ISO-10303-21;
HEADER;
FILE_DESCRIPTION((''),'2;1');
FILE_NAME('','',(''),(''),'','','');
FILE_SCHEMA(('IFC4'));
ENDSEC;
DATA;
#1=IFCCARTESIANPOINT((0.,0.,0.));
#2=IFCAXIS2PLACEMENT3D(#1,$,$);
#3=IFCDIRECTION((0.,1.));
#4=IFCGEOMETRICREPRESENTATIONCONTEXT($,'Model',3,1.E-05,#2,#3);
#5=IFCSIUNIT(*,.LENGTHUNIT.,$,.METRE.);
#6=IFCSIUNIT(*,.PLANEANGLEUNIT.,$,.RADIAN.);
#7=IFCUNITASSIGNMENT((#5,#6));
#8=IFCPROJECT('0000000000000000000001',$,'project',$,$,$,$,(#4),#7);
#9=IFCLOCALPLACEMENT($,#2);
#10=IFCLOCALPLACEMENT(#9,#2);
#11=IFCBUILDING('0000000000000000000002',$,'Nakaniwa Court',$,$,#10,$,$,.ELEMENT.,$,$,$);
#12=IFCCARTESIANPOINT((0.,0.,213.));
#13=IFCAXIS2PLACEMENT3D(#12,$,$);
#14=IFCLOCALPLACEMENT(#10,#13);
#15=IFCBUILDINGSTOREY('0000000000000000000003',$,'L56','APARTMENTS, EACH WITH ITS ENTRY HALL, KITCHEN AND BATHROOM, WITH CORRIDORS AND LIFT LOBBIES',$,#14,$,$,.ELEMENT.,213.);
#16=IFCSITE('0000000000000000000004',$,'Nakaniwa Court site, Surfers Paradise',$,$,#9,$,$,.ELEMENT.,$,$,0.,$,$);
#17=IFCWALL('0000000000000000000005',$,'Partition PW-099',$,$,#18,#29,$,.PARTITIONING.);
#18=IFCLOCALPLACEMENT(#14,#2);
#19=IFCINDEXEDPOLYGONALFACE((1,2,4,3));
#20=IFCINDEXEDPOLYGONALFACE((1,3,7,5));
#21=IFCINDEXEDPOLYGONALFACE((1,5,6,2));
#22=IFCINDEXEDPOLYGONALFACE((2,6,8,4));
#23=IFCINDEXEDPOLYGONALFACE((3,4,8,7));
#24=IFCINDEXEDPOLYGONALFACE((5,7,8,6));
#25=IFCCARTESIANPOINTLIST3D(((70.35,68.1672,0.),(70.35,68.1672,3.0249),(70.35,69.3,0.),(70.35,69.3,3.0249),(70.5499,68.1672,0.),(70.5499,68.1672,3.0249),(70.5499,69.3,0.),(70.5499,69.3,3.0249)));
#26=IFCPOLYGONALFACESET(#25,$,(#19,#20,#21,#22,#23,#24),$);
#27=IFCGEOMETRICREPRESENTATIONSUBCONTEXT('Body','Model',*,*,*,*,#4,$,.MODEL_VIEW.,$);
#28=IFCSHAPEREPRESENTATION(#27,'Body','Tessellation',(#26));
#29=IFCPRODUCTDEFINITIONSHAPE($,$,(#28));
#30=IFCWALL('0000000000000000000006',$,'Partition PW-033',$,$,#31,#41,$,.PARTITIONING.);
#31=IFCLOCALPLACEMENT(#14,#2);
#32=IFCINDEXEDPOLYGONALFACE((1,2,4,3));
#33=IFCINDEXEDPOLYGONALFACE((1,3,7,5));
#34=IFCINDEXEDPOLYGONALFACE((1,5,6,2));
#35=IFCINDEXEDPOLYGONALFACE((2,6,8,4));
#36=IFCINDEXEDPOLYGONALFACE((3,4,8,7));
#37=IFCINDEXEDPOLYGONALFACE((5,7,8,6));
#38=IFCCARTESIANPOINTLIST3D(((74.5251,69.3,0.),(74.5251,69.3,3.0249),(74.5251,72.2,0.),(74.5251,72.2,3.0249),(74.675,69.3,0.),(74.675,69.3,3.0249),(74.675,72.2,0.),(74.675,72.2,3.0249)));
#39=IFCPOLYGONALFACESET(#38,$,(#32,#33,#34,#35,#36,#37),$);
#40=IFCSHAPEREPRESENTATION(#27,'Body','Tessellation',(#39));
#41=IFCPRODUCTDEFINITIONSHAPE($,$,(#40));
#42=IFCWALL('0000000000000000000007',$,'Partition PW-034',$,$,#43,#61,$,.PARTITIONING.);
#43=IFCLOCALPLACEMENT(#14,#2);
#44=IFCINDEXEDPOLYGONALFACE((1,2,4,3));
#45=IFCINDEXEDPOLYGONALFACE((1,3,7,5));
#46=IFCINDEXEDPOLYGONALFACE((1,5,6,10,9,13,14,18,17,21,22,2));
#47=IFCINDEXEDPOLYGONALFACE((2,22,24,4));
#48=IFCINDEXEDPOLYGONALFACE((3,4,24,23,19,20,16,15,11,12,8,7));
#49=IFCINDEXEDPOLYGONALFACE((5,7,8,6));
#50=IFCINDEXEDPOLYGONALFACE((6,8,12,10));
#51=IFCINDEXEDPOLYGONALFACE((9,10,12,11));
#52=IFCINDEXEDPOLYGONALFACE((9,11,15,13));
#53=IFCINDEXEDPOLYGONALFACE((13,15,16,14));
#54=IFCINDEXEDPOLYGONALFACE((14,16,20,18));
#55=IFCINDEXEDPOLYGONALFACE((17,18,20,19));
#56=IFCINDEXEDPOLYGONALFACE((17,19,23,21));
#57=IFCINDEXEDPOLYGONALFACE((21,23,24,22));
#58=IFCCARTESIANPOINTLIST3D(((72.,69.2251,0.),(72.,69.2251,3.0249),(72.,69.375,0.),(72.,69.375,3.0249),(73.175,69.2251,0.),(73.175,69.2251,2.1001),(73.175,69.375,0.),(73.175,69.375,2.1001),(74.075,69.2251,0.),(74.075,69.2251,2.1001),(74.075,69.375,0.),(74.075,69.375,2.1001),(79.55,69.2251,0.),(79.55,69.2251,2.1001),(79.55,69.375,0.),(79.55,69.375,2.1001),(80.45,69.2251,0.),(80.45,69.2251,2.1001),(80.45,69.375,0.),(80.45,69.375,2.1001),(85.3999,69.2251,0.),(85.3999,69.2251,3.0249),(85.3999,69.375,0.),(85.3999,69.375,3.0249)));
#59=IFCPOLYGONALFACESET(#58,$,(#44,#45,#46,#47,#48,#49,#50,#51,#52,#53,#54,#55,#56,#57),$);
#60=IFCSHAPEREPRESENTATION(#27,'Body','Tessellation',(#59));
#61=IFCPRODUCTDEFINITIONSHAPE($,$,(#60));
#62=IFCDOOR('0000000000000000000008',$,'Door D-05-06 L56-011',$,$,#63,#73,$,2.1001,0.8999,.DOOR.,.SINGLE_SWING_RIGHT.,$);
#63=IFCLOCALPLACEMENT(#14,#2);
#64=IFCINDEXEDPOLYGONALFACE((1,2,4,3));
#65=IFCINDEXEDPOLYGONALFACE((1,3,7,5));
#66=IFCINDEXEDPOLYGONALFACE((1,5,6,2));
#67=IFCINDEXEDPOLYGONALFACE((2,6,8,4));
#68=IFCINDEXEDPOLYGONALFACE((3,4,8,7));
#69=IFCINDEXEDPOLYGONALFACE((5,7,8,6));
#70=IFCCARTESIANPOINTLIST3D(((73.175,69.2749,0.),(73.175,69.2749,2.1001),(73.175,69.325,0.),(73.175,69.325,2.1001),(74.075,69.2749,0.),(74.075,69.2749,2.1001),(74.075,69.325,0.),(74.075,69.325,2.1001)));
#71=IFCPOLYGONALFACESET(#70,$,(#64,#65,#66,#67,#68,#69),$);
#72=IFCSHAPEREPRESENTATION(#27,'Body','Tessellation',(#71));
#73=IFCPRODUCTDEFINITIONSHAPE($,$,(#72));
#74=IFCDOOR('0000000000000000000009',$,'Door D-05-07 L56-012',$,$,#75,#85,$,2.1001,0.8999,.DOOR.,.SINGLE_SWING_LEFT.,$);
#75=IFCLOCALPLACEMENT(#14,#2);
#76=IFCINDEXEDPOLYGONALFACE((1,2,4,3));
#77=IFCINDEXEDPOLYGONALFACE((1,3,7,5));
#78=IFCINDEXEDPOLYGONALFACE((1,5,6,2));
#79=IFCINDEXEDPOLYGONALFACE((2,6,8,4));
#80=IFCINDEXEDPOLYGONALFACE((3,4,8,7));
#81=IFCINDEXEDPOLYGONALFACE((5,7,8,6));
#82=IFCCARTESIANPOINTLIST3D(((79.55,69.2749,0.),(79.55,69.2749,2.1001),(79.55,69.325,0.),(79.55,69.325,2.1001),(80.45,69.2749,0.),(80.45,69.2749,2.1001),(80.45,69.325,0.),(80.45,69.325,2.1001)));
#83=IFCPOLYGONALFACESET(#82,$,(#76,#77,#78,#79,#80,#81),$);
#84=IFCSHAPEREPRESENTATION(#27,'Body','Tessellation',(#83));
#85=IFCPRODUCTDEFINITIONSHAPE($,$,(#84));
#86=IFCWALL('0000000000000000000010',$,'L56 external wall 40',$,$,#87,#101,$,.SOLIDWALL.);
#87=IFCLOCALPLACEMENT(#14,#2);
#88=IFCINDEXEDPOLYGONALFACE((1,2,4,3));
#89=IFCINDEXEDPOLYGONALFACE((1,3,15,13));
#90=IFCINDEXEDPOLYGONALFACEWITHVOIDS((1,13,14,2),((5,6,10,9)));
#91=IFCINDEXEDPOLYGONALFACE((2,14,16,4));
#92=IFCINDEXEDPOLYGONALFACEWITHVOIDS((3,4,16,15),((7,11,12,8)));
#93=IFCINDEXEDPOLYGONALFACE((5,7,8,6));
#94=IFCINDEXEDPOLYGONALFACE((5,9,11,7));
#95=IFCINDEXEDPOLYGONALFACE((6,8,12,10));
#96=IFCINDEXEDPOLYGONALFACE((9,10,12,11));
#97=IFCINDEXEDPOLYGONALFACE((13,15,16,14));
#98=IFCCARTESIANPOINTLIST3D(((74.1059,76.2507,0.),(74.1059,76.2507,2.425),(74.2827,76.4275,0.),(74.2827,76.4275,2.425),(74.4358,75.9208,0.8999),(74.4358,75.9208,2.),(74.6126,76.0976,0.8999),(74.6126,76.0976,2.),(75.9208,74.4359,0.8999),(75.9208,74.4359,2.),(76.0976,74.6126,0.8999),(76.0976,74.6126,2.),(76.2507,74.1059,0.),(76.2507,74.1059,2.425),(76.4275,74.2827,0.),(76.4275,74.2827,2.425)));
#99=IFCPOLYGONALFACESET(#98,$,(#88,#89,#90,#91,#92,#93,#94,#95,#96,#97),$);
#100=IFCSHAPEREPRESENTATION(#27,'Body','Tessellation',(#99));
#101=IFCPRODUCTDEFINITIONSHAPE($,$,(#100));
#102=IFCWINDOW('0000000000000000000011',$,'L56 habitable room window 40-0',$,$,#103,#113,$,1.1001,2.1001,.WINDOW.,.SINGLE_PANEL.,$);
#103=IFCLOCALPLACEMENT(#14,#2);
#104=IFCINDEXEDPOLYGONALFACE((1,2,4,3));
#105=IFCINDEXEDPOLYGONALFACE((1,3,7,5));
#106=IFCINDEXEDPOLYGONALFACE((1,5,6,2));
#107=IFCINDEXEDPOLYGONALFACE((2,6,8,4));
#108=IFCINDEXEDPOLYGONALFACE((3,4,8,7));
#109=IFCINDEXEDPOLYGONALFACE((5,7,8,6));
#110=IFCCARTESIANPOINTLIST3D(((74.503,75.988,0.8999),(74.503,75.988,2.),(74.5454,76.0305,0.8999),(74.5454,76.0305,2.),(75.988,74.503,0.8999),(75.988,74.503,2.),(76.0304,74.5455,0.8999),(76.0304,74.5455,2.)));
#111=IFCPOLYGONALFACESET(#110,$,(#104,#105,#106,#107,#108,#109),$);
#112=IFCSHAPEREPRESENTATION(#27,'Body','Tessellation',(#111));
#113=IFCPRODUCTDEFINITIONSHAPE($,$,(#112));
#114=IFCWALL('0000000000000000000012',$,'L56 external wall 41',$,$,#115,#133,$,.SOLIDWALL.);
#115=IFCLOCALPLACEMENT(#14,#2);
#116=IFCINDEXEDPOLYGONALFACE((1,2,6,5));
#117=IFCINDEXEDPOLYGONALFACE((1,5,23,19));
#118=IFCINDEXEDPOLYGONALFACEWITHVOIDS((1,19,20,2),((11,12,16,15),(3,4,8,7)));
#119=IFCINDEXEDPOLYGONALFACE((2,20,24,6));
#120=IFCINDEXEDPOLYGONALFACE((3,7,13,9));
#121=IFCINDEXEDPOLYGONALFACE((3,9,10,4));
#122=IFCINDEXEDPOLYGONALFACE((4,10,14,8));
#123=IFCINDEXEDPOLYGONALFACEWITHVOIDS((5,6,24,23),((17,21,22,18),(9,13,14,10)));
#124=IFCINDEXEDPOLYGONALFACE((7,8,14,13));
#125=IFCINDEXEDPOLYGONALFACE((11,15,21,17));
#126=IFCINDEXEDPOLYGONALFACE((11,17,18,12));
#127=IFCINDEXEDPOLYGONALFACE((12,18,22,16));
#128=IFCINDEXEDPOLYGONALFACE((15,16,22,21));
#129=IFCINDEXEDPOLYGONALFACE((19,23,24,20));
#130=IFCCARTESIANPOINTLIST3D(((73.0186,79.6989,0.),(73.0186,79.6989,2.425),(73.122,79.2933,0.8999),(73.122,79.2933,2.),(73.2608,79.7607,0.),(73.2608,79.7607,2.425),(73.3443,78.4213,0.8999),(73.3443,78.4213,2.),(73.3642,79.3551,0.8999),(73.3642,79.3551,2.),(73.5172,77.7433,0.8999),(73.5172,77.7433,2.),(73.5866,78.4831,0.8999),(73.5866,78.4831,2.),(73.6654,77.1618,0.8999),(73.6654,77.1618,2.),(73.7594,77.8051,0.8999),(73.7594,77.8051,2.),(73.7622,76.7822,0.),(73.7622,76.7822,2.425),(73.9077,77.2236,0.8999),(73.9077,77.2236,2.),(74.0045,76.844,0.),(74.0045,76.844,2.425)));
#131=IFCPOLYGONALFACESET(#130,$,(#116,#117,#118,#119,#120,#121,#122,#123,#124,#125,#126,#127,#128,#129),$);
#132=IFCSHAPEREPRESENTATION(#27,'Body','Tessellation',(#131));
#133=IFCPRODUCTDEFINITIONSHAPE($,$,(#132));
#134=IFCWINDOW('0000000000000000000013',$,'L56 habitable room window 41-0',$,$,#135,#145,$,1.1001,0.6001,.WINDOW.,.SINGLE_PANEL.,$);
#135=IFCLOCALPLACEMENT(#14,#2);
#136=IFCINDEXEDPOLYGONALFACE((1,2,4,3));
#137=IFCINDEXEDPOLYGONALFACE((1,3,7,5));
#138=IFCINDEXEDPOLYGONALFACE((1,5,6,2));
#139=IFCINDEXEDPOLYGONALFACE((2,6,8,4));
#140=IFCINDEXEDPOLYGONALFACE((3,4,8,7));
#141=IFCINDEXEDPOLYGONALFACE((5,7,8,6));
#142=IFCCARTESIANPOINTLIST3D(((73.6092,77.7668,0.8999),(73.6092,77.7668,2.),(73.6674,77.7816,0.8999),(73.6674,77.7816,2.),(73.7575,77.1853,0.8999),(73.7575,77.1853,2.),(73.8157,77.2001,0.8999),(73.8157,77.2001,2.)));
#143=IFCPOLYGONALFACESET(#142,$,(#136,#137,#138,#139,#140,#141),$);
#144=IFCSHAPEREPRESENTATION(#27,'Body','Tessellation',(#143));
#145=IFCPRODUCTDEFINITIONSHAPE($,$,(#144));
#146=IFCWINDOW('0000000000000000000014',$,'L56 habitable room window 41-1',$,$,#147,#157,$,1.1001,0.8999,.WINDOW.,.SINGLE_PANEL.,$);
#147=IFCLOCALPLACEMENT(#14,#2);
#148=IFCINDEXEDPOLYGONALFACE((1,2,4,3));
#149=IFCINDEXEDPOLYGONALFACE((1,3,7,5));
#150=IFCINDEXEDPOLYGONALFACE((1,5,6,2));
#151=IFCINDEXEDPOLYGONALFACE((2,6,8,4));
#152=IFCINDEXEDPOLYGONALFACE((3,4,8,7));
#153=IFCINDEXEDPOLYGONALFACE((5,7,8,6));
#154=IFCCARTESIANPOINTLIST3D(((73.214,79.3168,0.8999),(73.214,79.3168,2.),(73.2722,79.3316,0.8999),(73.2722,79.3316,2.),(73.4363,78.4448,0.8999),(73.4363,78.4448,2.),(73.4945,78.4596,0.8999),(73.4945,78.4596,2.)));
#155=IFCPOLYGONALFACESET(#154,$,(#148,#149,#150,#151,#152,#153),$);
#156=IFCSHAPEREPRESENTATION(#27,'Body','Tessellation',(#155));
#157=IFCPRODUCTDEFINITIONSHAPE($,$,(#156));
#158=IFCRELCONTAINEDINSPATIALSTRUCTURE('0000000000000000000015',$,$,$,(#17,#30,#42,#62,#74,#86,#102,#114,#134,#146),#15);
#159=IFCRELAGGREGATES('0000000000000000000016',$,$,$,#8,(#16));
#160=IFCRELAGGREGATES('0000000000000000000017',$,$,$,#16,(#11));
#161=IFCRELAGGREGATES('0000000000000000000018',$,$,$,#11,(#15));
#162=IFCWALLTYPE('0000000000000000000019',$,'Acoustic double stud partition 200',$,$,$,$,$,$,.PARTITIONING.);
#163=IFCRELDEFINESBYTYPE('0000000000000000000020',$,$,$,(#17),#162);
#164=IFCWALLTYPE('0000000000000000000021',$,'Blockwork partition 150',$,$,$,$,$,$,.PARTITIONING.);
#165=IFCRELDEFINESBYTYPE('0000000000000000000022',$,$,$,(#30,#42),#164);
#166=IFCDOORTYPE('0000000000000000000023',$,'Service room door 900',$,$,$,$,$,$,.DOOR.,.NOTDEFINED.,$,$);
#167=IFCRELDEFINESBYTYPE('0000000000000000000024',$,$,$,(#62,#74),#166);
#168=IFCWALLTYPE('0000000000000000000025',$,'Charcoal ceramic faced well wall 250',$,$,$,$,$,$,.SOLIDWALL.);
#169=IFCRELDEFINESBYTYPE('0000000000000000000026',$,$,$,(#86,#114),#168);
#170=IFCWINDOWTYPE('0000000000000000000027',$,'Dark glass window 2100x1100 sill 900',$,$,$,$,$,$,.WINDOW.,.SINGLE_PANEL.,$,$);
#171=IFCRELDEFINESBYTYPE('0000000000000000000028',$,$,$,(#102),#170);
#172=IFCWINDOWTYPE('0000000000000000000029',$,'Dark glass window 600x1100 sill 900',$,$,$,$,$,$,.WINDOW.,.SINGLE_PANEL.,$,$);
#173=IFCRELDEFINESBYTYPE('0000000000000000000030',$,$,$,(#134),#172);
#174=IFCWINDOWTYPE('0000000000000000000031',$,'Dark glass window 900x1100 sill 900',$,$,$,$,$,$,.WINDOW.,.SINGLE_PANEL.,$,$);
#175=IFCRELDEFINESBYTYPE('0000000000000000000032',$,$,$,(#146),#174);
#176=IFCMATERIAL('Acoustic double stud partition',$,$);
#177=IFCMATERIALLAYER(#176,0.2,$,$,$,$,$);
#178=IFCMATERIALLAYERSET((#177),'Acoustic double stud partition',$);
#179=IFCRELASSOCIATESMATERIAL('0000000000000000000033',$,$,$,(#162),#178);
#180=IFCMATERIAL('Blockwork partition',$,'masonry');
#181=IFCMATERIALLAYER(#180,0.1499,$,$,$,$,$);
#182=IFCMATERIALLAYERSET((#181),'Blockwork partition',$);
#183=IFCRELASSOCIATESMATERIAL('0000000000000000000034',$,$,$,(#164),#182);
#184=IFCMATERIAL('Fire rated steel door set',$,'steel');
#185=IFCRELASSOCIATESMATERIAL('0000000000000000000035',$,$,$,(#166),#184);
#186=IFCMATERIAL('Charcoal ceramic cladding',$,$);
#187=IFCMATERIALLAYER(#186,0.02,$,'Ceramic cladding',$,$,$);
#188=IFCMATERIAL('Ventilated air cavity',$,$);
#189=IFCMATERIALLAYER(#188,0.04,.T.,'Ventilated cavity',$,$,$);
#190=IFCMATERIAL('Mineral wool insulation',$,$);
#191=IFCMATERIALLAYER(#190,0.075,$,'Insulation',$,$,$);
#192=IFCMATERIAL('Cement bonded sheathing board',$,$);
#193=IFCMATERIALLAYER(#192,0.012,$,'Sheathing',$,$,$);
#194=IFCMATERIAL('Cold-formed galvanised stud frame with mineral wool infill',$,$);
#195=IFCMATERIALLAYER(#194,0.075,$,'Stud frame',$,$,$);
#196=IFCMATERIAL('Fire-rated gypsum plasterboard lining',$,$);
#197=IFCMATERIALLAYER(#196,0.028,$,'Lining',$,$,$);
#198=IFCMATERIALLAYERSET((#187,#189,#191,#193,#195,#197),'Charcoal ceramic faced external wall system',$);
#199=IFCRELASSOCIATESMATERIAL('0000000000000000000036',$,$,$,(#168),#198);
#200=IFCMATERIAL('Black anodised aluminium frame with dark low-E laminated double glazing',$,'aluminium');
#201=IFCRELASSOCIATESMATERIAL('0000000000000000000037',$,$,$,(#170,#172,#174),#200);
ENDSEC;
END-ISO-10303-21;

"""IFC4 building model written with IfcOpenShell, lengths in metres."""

from ifc_helpers import new_model, si_unit, direction, frame, frame_2d, origin, place, context, subcontext, project, spatial, rectangle, extrude, material, layer, layer_set, type_object, element, fill, save


model = new_model("IFC4")

# Units and contexts
model_context = context("Model", 3, precision=1e-05, world=origin(), true_north=direction((0.0, 1.0)))
body_context = subcontext(model_context, "Body", "Model", "MODEL_VIEW")
ifc_project = project(units=[si_unit("LENGTHUNIT", "METRE"), si_unit("PLANEANGLEUNIT", "RADIAN")], contexts=[model_context])

# Site, building, storey
site_placement = place(None, origin())
site = spatial("IfcSite", under=ifc_project, at=site_placement, Name="Nakaniwa Court site, Surfers Paradise", CompositionType="ELEMENT", RefElevation=0.0)
building_placement = place(site_placement, origin())
building = spatial("IfcBuilding", under=site, at=building_placement, Name="Nakaniwa Court", CompositionType="ELEMENT")
storey_placement = place(building_placement, frame((0.0, 0.0, 213.0)))
storey = spatial("IfcBuildingStorey", under=building, at=storey_placement, Name="L56", Description="APARTMENTS, EACH WITH ITS ENTRY HALL, KITCHEN AND BATHROOM, WITH CORRIDORS AND LIFT LOBBIES", CompositionType="ELEMENT", Elevation=213.0)

# Shared definitions
ifc_material_1 = material(Name="Acoustic double stud partition")
ifc_layer_1 = layer(ifc_material_1, 0.2)
ifc_layer_set_1 = layer_set([ifc_layer_1], Name="Acoustic double stud partition")
wall_type_1 = type_object("IfcWallType", Name="Acoustic double stud partition 200", PredefinedType="PARTITIONING", material=ifc_layer_set_1)

# Walls
wall_1_placement = place(storey_placement, frame((70.45, 68.1672, 0.0), z_axis=(0.0, 0.0, 1.0), x_axis=(0.0, 1.0, 0.0)))
element("IfcWall", 1, at=wall_1_placement, inside=storey, type_object=wall_type_1, Name="Partition PW-099", PredefinedType="PARTITIONING", context=body_context, shape_type="SweptSolid", body=[
    extrude(rectangle(XDim=1.1328, YDim=0.2, at=frame_2d((0.5664, 0.0))), origin(), (0.0, 0.0, 1.0), 3.0249),
])
ifc_material_2 = material(Name="Blockwork partition", Category="masonry")
ifc_layer_2 = layer(ifc_material_2, 0.1499)
ifc_layer_set_2 = layer_set([ifc_layer_2], Name="Blockwork partition")
wall_type_2 = type_object("IfcWallType", Name="Blockwork partition 150", PredefinedType="PARTITIONING", material=ifc_layer_set_2)
wall_2_placement = place(storey_placement, frame((74.6001, 69.3, 0.0), z_axis=(0.0, 0.0, 1.0), x_axis=(0.0, 1.0, 0.0)))
element("IfcWall", 2, at=wall_2_placement, inside=storey, type_object=wall_type_2, Name="Partition PW-033", PredefinedType="PARTITIONING", context=body_context, shape_type="SweptSolid", body=[
    extrude(rectangle(XDim=2.8999, YDim=0.1499, at=frame_2d((1.45, 0.0))), origin(), (0.0, 0.0, 1.0), 3.0249),
])

# Wall, openings, doors
wall_3_placement = place(storey_placement, frame((72.0, 69.3, 0.0), z_axis=(0.0, 0.0, 1.0), x_axis=(1.0, 0.0, 0.0)))
wall_3 = element("IfcWall", 3, at=wall_3_placement, inside=storey, type_object=wall_type_2, Name="Partition PW-034", PredefinedType="PARTITIONING", context=body_context, shape_type="SweptSolid", body=[
    extrude(rectangle(XDim=13.3999, YDim=0.1499, at=frame_2d((6.7, 0.0))), origin(), (0.0, 0.0, 1.0), 3.0249),
])
opening_1_placement = place(wall_3_placement, frame((1.175, 0.0, 0.0)))
opening_1 = element("IfcOpeningElement", 4, at=opening_1_placement, cuts=wall_3, PredefinedType="OPENING", context=body_context, shape_type="SweptSolid", body=[
    extrude(rectangle(XDim=0.8999, YDim=2.1001, at=frame_2d((0.45, 1.05))), frame((0.0, 0.085, 0.0), z_axis=(0.0, -1.0, 0.0), x_axis=(1.0, 0.0, 0.0)), (0.0, 0.0, 1.0), 0.1699),
])
opening_2_placement = place(wall_3_placement, frame((7.55, 0.0, 0.0)))
opening_2 = element("IfcOpeningElement", 5, at=opening_2_placement, cuts=wall_3, PredefinedType="OPENING", context=body_context, shape_type="SweptSolid", body=[
    extrude(rectangle(XDim=0.8999, YDim=2.1001, at=frame_2d((0.45, 1.05))), frame((0.0, 0.085, 0.0), z_axis=(0.0, -1.0, 0.0), x_axis=(1.0, 0.0, 0.0)), (0.0, 0.0, 1.0), 0.1699),
])
ifc_material_3 = material(Name="Fire rated steel door set", Category="steel")
door_type_1 = type_object("IfcDoorType", Name="Service room door 900", OperationType="NOTDEFINED", PredefinedType="DOOR", material=ifc_material_3)
door_1_placement = place(opening_1_placement, origin())
door_1 = element("IfcDoor", 6, at=door_1_placement, inside=storey, type_object=door_type_1, Name="Door D-05-06 L56-011", OperationType="SINGLE_SWING_RIGHT", OverallHeight=2.1001, OverallWidth=0.8999, PredefinedType="DOOR", context=body_context, shape_type="SweptSolid", body=[
    extrude(rectangle(XDim=0.8999, YDim=2.1001, at=frame_2d((0.45, 1.05))), frame((0.0, 0.0249, 0.0), z_axis=(0.0, -1.0, 0.0), x_axis=(1.0, 0.0, 0.0)), (0.0, 0.0, 1.0), 0.05),
])
fill(opening_1, door_1)
door_2_placement = place(opening_2_placement, origin())
door_2 = element("IfcDoor", 7, at=door_2_placement, inside=storey, type_object=door_type_1, Name="Door D-05-07 L56-012", OperationType="SINGLE_SWING_LEFT", OverallHeight=2.1001, OverallWidth=0.8999, PredefinedType="DOOR", context=body_context, shape_type="SweptSolid", body=[
    extrude(rectangle(XDim=0.8999, YDim=2.1001, at=frame_2d((0.45, 1.05))), frame((0.0, 0.0249, 0.0), z_axis=(0.0, -1.0, 0.0), x_axis=(1.0, 0.0, 0.0)), (0.0, 0.0, 1.0), 0.05),
])
fill(opening_2, door_2)

# Wall, opening, window
ifc_material_4 = material(Name="Charcoal ceramic cladding")
ifc_layer_3 = layer(ifc_material_4, 0.02, Name="Ceramic cladding")
ifc_material_5 = material(Name="Ventilated air cavity")
ifc_layer_4 = layer(ifc_material_5, 0.04, ventilated=True, Name="Ventilated cavity")
ifc_material_6 = material(Name="Mineral wool insulation")
ifc_layer_5 = layer(ifc_material_6, 0.075, Name="Insulation")
ifc_material_7 = material(Name="Cement bonded sheathing board")
ifc_layer_6 = layer(ifc_material_7, 0.012, Name="Sheathing")
ifc_material_8 = material(Name="Cold-formed galvanised stud frame with mineral wool infill")
ifc_layer_7 = layer(ifc_material_8, 0.075, Name="Stud frame")
ifc_material_9 = material(Name="Fire-rated gypsum plasterboard lining")
ifc_layer_8 = layer(ifc_material_9, 0.028, Name="Lining")
ifc_layer_set_3 = layer_set([ifc_layer_3, ifc_layer_4, ifc_layer_5, ifc_layer_6, ifc_layer_7, ifc_layer_8], Name="Charcoal ceramic faced external wall system")
wall_type_3 = type_object("IfcWallType", Name="Charcoal ceramic faced well wall 250", PredefinedType="SOLIDWALL", material=ifc_layer_set_3)
wall_4_placement = place(storey_placement, frame((76.3391, 74.1943, 0.0), z_axis=(0.0, 0.0, 1.0), x_axis=(-0.707107, 0.707107, 0.0)))
wall_4 = element("IfcWall", 8, at=wall_4_placement, inside=storey, type_object=wall_type_3, Name="L56 external wall 40", PredefinedType="SOLIDWALL", context=body_context, shape_type="SweptSolid", body=[
    extrude(rectangle(XDim=3.0332, YDim=0.25, at=frame_2d((1.5166, 0.0))), origin(), (0.0, 0.0, 1.0), 2.425),
])
opening_3_placement = place(wall_4_placement, frame((0.4666, 0.0, 0.8999)))
opening_3 = element("IfcOpeningElement", 9, at=opening_3_placement, cuts=wall_4, PredefinedType="OPENING", context=body_context, shape_type="SweptSolid", body=[
    extrude(rectangle(XDim=2.1001, YDim=1.1001, at=frame_2d((1.05, 0.55))), frame((0.0, 0.135, 0.0), z_axis=(0.0, -1.0, 0.0), x_axis=(1.0, 0.0, 0.0)), (0.0, 0.0, 1.0), 0.27),
])
ifc_material_10 = material(Name="Black anodised aluminium frame with dark low-E laminated double glazing", Category="aluminium")
window_type_1 = type_object("IfcWindowType", Name="Dark glass window 2100x1100 sill 900", PartitioningType="SINGLE_PANEL", PredefinedType="WINDOW", material=ifc_material_10)
window_1_placement = place(opening_3_placement, origin())
window_1 = element("IfcWindow", 10, at=window_1_placement, inside=storey, type_object=window_type_1, Name="L56 habitable room window 40-0", OverallHeight=1.1001, OverallWidth=2.1001, PartitioningType="SINGLE_PANEL", PredefinedType="WINDOW", context=body_context, shape_type="SweptSolid", body=[
    extrude(rectangle(XDim=2.1001, YDim=1.1001, at=frame_2d((1.05, 0.55))), frame((0.0, 0.03, 0.0), z_axis=(0.0, -1.0, 0.0), x_axis=(1.0, 0.0, 0.0)), (0.0, 0.0, 1.0), 0.0601),
])
fill(opening_3, window_1)

# Wall, openings, windows
wall_5_placement = place(storey_placement, frame((73.8833, 76.8132, 0.0), z_axis=(0.0, 0.0, 1.0), x_axis=(-0.247056, 0.969001, 0.0)))
wall_5 = element("IfcWall", 11, at=wall_5_placement, inside=storey, type_object=wall_type_3, Name="L56 external wall 41", PredefinedType="SOLIDWALL", context=body_context, shape_type="SweptSolid", body=[
    extrude(rectangle(XDim=3.01, YDim=0.25, at=frame_2d((1.5049, 0.0))), origin(), (0.0, 0.0, 1.0), 2.425),
])
opening_4_placement = place(wall_5_placement, frame((0.3916, 0.0, 0.8999)))
opening_4 = element("IfcOpeningElement", 12, at=opening_4_placement, cuts=wall_5, PredefinedType="OPENING", context=body_context, shape_type="SweptSolid", body=[
    extrude(rectangle(XDim=0.6001, YDim=1.1001, at=frame_2d((0.3, 0.55))), frame((0.0, 0.135, 0.0), z_axis=(0.0, -1.0, 0.0), x_axis=(1.0, 0.0, 0.0)), (0.0, 0.0, 1.0), 0.27),
])
opening_5_placement = place(wall_5_placement, frame((1.6914, 0.0, 0.8999)))
opening_5 = element("IfcOpeningElement", 13, at=opening_5_placement, cuts=wall_5, PredefinedType="OPENING", context=body_context, shape_type="SweptSolid", body=[
    extrude(rectangle(XDim=0.8999, YDim=1.1001, at=frame_2d((0.45, 0.55))), frame((0.0, 0.135, 0.0), z_axis=(0.0, -1.0, 0.0), x_axis=(1.0, 0.0, 0.0)), (0.0, 0.0, 1.0), 0.27),
])
window_type_2 = type_object("IfcWindowType", Name="Dark glass window 600x1100 sill 900", PartitioningType="SINGLE_PANEL", PredefinedType="WINDOW", material=ifc_material_10)
window_2_placement = place(opening_4_placement, origin())
window_2 = element("IfcWindow", 14, at=window_2_placement, inside=storey, type_object=window_type_2, Name="L56 habitable room window 41-0", OverallHeight=1.1001, OverallWidth=0.6001, PartitioningType="SINGLE_PANEL", PredefinedType="WINDOW", context=body_context, shape_type="SweptSolid", body=[
    extrude(rectangle(XDim=0.6001, YDim=1.1001, at=frame_2d((0.3, 0.55))), frame((0.0, 0.03, 0.0), z_axis=(0.0, -1.0, 0.0), x_axis=(1.0, 0.0, 0.0)), (0.0, 0.0, 1.0), 0.0601),
])
fill(opening_4, window_2)
window_type_3 = type_object("IfcWindowType", Name="Dark glass window 900x1100 sill 900", PartitioningType="SINGLE_PANEL", PredefinedType="WINDOW", material=ifc_material_10)
window_3_placement = place(opening_5_placement, origin())
window_3 = element("IfcWindow", 15, at=window_3_placement, inside=storey, type_object=window_type_3, Name="L56 habitable room window 41-1", OverallHeight=1.1001, OverallWidth=0.8999, PartitioningType="SINGLE_PANEL", PredefinedType="WINDOW", context=body_context, shape_type="SweptSolid", body=[
    extrude(rectangle(XDim=0.8999, YDim=1.1001, at=frame_2d((0.45, 0.55))), frame((0.0, 0.03, 0.0), z_axis=(0.0, -1.0, 0.0), x_axis=(1.0, 0.0, 0.0)), (0.0, 0.0, 1.0), 0.0601),
])
fill(opening_5, window_3)

save(model, "model.ifc")
